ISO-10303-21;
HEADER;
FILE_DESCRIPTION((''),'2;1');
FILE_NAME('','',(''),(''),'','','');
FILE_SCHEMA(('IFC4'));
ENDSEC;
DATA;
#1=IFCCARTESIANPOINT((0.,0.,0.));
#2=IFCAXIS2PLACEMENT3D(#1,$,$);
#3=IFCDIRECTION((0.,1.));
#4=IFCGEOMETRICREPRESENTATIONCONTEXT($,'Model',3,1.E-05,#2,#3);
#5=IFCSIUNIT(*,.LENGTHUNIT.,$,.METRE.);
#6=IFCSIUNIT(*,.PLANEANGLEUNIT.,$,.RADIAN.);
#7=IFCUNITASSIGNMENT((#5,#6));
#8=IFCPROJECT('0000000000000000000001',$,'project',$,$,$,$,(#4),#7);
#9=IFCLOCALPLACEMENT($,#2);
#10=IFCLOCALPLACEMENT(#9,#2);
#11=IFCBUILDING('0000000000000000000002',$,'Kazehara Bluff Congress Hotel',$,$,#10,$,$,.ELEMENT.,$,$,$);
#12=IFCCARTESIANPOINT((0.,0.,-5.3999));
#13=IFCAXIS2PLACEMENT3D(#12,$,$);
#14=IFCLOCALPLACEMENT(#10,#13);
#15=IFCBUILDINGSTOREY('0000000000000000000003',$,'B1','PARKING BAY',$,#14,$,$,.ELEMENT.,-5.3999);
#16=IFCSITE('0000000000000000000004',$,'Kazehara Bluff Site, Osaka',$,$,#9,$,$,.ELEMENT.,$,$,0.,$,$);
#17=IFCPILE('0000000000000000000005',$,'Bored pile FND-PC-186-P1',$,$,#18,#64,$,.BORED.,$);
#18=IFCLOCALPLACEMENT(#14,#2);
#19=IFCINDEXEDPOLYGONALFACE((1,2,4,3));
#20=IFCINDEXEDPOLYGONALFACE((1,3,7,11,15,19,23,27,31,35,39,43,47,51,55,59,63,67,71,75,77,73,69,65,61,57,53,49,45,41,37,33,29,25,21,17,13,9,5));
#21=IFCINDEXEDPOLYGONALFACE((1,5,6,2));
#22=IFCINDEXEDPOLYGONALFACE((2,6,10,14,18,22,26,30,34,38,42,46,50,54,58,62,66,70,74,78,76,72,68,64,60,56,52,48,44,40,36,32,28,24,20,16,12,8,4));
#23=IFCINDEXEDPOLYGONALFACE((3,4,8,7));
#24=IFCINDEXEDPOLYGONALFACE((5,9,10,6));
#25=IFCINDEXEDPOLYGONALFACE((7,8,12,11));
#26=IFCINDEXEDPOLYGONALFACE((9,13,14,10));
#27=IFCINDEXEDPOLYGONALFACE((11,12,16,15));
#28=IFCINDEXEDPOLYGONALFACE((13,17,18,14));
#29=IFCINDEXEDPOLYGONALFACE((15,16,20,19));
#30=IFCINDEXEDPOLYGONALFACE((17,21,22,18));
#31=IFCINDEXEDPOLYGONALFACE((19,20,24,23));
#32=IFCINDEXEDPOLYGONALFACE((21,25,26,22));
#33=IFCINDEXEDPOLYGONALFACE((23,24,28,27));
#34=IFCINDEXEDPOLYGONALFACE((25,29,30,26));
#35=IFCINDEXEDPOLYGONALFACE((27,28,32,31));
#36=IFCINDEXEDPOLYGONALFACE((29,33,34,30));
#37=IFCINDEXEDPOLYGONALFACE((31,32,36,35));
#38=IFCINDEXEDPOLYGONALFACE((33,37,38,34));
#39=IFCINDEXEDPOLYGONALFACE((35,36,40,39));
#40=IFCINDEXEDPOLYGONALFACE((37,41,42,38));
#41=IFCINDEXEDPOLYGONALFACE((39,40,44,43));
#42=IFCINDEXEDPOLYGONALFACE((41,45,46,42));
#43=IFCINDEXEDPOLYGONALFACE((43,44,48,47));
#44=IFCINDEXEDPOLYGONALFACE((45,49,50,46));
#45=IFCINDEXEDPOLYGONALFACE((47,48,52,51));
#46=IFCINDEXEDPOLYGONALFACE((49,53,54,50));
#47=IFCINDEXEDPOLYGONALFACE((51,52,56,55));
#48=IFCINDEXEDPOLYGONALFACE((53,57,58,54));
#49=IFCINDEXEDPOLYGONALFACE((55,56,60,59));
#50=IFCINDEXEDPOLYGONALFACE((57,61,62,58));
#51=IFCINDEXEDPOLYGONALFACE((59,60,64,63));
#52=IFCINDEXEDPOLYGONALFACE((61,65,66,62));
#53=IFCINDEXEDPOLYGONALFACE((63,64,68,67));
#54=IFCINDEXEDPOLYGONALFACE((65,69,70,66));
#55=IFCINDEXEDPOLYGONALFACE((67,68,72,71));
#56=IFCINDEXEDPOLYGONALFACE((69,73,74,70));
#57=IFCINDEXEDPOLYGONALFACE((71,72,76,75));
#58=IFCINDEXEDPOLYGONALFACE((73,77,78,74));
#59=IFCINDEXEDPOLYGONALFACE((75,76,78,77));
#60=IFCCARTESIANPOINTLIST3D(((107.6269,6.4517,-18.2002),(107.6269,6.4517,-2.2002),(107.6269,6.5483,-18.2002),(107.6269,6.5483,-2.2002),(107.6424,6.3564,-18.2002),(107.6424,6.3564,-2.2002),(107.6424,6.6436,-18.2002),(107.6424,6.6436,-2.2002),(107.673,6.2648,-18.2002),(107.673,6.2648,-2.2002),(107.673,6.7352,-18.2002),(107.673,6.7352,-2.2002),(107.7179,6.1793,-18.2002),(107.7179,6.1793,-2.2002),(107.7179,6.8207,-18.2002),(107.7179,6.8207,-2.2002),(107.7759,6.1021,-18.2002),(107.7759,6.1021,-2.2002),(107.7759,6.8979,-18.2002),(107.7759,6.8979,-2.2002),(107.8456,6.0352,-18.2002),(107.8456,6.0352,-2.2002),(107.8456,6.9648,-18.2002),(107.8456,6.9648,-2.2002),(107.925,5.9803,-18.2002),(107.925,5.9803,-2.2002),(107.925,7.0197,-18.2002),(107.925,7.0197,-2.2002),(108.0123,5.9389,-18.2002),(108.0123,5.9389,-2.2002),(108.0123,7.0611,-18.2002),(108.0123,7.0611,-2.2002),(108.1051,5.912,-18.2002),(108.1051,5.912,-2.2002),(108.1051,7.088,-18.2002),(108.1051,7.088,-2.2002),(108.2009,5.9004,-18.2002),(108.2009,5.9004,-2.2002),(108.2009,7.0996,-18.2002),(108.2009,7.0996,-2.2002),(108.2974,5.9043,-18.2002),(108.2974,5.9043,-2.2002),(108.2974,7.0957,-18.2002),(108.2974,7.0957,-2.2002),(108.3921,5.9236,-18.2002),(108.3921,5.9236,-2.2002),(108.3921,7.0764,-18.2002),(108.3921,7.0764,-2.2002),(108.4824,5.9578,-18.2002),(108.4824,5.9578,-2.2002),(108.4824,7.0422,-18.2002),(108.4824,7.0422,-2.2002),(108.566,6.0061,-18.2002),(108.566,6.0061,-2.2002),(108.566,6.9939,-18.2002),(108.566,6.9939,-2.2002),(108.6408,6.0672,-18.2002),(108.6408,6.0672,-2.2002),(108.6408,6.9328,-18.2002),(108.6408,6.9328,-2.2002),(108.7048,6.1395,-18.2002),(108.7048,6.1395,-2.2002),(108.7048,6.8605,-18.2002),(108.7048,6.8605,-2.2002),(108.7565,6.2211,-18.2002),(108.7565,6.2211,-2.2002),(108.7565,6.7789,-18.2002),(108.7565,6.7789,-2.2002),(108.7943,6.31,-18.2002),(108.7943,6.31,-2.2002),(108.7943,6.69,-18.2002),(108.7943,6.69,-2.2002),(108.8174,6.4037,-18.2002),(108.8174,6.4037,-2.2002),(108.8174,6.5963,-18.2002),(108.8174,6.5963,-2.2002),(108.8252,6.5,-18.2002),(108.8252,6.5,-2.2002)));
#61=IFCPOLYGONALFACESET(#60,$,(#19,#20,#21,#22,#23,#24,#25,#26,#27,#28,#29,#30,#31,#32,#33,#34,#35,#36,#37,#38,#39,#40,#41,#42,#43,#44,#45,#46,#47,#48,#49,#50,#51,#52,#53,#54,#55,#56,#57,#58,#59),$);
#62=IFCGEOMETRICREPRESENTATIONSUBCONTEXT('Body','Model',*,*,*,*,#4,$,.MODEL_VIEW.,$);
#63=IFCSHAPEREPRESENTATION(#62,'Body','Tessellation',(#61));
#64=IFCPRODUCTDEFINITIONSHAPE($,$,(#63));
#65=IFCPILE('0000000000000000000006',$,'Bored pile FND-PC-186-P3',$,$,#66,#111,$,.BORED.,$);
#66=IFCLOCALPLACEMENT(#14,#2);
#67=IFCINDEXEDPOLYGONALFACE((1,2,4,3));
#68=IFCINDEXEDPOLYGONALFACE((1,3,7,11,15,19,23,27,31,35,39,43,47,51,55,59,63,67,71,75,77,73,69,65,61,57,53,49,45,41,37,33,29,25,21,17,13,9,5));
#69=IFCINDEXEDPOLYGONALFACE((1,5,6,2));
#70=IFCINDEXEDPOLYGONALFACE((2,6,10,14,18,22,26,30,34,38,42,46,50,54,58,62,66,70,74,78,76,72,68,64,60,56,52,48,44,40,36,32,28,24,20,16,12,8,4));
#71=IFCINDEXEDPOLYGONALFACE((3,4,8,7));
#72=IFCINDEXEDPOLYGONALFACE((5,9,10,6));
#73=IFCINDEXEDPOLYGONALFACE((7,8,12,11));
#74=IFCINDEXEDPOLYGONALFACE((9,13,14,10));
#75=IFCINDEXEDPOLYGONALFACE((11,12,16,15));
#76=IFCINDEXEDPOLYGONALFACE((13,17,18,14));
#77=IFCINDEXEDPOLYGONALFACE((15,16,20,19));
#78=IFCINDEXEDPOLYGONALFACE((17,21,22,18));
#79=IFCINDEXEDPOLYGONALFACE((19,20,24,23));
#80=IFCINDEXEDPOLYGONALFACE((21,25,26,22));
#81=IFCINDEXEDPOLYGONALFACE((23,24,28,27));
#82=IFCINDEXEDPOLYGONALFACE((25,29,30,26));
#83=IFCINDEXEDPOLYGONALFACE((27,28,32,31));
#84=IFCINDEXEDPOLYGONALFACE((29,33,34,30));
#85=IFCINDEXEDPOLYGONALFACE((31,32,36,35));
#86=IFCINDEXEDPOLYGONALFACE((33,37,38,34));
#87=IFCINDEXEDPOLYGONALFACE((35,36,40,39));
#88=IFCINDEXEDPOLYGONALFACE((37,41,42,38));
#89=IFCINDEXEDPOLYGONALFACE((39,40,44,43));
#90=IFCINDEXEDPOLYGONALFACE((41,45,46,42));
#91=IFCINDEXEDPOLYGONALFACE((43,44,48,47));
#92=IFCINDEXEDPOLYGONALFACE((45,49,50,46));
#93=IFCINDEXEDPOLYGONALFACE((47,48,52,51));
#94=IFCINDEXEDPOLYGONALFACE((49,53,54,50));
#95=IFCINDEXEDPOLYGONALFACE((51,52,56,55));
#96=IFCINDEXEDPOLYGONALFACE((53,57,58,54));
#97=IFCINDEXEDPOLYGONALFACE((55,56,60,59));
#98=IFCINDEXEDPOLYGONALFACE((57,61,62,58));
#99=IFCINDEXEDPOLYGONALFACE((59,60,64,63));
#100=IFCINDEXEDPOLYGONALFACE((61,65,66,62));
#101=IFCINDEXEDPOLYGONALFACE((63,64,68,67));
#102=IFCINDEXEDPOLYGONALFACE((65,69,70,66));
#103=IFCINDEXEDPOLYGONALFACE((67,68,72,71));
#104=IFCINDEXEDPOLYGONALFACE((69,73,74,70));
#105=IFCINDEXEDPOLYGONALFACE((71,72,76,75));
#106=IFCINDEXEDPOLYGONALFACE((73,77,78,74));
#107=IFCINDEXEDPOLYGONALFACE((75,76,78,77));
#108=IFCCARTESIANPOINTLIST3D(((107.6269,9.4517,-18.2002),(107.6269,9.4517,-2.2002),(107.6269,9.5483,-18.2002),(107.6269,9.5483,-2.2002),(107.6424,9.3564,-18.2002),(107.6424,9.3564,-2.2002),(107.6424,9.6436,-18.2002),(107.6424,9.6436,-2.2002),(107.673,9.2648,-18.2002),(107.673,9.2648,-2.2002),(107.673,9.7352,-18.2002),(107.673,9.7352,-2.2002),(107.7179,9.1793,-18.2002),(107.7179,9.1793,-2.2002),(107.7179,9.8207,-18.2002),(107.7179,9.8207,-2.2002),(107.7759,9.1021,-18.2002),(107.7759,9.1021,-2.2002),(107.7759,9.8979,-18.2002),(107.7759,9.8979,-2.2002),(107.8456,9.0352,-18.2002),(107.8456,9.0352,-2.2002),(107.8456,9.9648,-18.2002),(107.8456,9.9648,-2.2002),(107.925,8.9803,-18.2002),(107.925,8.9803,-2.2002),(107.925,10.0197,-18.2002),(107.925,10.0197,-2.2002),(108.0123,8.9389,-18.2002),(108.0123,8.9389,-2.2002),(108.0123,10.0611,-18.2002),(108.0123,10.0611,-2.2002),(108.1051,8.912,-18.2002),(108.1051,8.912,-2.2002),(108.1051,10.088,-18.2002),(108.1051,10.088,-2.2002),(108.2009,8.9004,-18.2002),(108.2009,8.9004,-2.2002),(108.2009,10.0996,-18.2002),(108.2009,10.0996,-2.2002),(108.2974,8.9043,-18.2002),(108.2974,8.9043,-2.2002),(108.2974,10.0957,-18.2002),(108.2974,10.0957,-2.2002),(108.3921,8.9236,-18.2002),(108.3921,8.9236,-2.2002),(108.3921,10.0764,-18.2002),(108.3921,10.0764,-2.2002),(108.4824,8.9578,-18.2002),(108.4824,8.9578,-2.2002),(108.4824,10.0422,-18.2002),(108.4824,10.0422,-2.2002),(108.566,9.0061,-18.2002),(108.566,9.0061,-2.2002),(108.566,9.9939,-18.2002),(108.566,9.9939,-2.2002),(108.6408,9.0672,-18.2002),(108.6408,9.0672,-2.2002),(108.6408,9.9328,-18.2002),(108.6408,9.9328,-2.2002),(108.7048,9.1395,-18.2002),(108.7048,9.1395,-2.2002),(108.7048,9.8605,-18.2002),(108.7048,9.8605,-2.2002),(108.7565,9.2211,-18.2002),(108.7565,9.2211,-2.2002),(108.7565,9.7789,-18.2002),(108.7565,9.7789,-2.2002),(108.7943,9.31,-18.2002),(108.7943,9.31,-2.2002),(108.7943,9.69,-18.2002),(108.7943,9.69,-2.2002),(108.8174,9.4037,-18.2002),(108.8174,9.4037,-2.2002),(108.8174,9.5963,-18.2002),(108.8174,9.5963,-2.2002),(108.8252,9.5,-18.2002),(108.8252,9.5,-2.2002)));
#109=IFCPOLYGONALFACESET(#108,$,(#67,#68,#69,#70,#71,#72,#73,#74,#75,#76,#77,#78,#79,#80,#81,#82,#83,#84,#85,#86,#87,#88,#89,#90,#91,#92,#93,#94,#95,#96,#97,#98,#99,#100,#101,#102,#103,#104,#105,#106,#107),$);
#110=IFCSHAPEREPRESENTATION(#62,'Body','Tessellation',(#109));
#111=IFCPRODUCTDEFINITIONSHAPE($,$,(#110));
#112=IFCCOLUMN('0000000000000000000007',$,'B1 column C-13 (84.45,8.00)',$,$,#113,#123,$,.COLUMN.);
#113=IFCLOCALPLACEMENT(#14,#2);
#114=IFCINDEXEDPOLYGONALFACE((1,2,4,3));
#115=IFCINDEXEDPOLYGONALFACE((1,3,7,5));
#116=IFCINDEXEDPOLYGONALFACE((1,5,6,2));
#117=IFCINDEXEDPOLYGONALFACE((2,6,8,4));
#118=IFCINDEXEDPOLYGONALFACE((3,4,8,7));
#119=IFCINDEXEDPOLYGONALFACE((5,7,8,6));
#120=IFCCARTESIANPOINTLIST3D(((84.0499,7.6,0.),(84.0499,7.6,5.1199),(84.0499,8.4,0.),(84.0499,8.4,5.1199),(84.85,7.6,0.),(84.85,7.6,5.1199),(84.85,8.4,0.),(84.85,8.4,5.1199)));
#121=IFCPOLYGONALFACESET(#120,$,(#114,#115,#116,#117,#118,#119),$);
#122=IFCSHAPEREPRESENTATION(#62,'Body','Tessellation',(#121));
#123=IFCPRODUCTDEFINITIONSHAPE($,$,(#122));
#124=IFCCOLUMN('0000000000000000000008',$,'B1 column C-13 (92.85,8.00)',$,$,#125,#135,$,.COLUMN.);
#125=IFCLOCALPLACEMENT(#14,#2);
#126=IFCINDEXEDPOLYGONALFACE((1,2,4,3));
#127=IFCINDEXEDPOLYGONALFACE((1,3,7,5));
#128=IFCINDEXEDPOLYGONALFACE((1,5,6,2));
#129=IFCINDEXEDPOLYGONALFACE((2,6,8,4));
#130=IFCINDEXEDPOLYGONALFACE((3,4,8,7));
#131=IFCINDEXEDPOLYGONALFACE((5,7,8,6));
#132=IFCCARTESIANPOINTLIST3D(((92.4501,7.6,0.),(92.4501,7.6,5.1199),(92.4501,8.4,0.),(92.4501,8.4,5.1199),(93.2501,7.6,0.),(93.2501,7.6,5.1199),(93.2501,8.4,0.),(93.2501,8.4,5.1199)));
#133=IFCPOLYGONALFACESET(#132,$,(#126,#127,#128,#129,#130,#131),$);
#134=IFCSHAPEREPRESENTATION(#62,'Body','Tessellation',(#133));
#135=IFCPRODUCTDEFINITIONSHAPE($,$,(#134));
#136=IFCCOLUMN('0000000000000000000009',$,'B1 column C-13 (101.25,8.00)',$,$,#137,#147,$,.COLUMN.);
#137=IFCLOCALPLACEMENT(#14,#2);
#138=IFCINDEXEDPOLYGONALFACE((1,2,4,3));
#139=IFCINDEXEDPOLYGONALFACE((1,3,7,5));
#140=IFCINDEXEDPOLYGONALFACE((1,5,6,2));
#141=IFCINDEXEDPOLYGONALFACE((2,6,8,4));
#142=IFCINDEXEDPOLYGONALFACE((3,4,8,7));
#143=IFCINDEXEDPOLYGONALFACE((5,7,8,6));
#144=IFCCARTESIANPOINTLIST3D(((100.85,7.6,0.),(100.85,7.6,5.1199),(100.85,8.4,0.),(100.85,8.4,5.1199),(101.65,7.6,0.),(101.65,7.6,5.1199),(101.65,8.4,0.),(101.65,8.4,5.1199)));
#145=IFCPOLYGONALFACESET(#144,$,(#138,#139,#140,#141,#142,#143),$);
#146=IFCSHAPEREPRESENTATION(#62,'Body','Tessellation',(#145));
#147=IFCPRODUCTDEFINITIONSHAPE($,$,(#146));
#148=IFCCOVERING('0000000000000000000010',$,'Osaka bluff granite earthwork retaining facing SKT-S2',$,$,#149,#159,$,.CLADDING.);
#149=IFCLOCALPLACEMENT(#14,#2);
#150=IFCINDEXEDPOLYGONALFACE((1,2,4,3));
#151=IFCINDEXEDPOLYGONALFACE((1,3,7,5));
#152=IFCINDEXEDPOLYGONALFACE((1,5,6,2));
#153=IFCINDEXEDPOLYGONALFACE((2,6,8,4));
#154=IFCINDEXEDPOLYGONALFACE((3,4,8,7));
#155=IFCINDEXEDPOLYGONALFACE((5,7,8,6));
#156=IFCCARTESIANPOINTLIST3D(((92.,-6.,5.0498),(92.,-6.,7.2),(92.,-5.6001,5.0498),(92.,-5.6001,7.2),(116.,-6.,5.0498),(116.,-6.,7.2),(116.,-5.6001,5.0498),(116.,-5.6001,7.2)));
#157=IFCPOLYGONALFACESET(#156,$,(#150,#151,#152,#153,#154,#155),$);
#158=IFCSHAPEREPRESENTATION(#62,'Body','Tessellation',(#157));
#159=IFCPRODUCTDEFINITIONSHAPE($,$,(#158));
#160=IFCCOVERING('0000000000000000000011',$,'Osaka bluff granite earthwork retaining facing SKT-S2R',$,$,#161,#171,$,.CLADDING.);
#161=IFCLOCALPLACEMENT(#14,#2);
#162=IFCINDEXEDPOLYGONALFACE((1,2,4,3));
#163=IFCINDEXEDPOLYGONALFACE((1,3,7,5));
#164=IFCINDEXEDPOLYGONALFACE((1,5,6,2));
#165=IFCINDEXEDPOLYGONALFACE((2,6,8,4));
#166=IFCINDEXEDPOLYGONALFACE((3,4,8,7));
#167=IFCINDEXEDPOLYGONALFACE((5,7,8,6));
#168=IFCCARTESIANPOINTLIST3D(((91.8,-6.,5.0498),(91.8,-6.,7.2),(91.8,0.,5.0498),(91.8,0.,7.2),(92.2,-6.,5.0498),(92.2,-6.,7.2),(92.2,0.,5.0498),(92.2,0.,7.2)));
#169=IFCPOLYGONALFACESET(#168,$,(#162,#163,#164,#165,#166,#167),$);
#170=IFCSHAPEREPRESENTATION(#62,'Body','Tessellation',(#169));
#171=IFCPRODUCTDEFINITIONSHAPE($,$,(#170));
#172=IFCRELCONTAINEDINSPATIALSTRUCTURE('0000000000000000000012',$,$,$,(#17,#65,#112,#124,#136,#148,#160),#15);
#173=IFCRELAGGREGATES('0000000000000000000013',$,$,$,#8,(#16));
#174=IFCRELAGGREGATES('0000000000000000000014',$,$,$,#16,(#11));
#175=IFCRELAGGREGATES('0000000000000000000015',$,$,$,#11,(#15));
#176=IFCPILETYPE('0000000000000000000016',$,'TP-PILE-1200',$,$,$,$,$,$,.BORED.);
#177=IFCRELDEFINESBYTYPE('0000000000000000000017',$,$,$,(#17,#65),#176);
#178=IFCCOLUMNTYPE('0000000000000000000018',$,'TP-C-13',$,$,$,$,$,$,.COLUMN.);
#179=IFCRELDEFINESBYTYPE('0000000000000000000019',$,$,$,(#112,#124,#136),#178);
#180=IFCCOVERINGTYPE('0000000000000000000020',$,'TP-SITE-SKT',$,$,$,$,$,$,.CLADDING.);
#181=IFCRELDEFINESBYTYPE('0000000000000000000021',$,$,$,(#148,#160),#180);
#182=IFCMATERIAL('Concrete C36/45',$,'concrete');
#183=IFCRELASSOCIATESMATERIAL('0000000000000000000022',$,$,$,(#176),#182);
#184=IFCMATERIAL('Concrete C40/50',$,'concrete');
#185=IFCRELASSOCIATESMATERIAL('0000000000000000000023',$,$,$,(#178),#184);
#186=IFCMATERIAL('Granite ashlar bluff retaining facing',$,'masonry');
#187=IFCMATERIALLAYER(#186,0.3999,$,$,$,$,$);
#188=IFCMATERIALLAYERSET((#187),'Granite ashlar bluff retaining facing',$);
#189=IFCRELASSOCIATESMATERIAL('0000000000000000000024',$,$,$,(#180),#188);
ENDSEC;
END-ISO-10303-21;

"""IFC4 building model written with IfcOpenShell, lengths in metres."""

from ifc_helpers import new_model, si_unit, direction, frame, frame_2d, origin, origin_2d, place, context, subcontext, project, spatial, rectangle, circle, extrude, material, layer, layer_set, material_profile, profile_set, type_object, element, save


model = new_model("IFC4")

# Units and contexts
model_context = context("Model", 3, precision=1e-05, world=origin(), true_north=direction((0.0, 1.0)))
body_context = subcontext(model_context, "Body", "Model", "MODEL_VIEW")
ifc_project = project(units=[si_unit("LENGTHUNIT", "METRE"), si_unit("PLANEANGLEUNIT", "RADIAN")], contexts=[model_context])

# Site, building, storey
site_placement = place(None, origin())
site = spatial("IfcSite", under=ifc_project, at=site_placement, Name="Kazehara Bluff Site, Osaka", CompositionType="ELEMENT", RefElevation=0.0)
building_placement = place(site_placement, origin())
building = spatial("IfcBuilding", under=site, at=building_placement, Name="Kazehara Bluff Congress Hotel", CompositionType="ELEMENT")
storey_placement = place(building_placement, frame((0.0, 0.0, -5.3999)))
storey = spatial("IfcBuildingStorey", under=building, at=storey_placement, Name="B1", Description="PARKING BAY", CompositionType="ELEMENT", Elevation=-5.3999)

# Piles
ifc_material_1 = material(Name="Concrete C36/45", Category="concrete")
ifc_material_profile_1 = material_profile(ifc_material_1, circle(Radius=0.6001, at=origin_2d()))
ifc_profile_set_1 = profile_set([ifc_material_profile_1], Name="Concrete C36/45")
pile_type = type_object("IfcPileType", Name="TP-PILE-1200", PredefinedType="BORED", material=ifc_profile_set_1)
for number, where, z_axis, x_axis, name in (
    (1, (108.2251, 6.5, -2.2002), (0.0, 0.0, -1.0), (1.0, 0.0, 0.0), "Bored pile FND-PC-186-P1"),
    (2, (108.2251, 9.5, -2.2002), (0.0, 0.0, -1.0), (1.0, 0.0, 0.0), "Bored pile FND-PC-186-P3"),
):
    element("IfcPile", number, at=place(storey_placement, frame(where, z_axis=z_axis, x_axis=x_axis)), inside=storey, type_object=pile_type, Name=name, PredefinedType="BORED", context=body_context, shape_type="SweptSolid", body=[
        extrude(circle(Radius=0.6001, at=origin_2d()), origin(), (0.0, 0.0, 1.0), 16.0),
    ])

# Columns
ifc_material_2 = material(Name="Concrete C40/50", Category="concrete")
ifc_material_profile_2 = material_profile(ifc_material_2, rectangle(XDim=0.8, YDim=0.8, at=origin_2d()))
ifc_profile_set_2 = profile_set([ifc_material_profile_2], Name="Concrete C40/50")
column_type = type_object("IfcColumnType", Name="TP-C-13", PredefinedType="COLUMN", material=ifc_profile_set_2)
for number, where, z_axis, x_axis, name in (
    (3, (84.45, 8.0, 0.0), (0.0, 0.0, 1.0), (1.0, 0.0, 0.0), "B1 column C-13 (84.45,8.00)"),
    (4, (92.8501, 8.0, 0.0), (0.0, 0.0, 1.0), (1.0, 0.0, 0.0), "B1 column C-13 (92.85,8.00)"),
    (5, (101.25, 8.0, 0.0), (0.0, 0.0, 1.0), (1.0, 0.0, 0.0), "B1 column C-13 (101.25,8.00)"),
):
    element("IfcColumn", number, at=place(storey_placement, frame(where, z_axis=z_axis, x_axis=x_axis)), inside=storey, type_object=column_type, Name=name, PredefinedType="COLUMN", context=body_context, shape_type="SweptSolid", body=[
        extrude(rectangle(XDim=0.8, YDim=0.8, at=origin_2d()), origin(), (0.0, 0.0, 1.0), 5.1199),
    ])

# Coverings
ifc_material_3 = material(Name="Granite ashlar bluff retaining facing", Category="masonry")
ifc_layer_1 = layer(ifc_material_3, 0.3999)
ifc_layer_set_1 = layer_set([ifc_layer_1], Name="Granite ashlar bluff retaining facing")
covering_type = type_object("IfcCoveringType", Name="TP-SITE-SKT", PredefinedType="CLADDING", material=ifc_layer_set_1)
covering_1_placement = place(storey_placement, frame((92.0, -5.8, 5.0498), z_axis=(0.0, 0.0, 1.0), x_axis=(1.0, 0.0, 0.0)))
element("IfcCovering", 6, at=covering_1_placement, inside=storey, type_object=covering_type, Name="Osaka bluff granite earthwork retaining facing SKT-S2", PredefinedType="CLADDING", context=body_context, shape_type="SweptSolid", body=[
    extrude(rectangle(XDim=24.0, YDim=0.3999, at=frame_2d((12.0, 0.0))), origin(), (0.0, 0.0, 1.0), 2.1501),
])
covering_2_placement = place(storey_placement, frame((92.0, -6.0, 5.0498), z_axis=(0.0, 0.0, 1.0), x_axis=(0.0, 1.0, 0.0)))
element("IfcCovering", 7, at=covering_2_placement, inside=storey, type_object=covering_type, Name="Osaka bluff granite earthwork retaining facing SKT-S2R", PredefinedType="CLADDING", context=body_context, shape_type="SweptSolid", body=[
    extrude(rectangle(XDim=6.0, YDim=0.3999, at=frame_2d((3.0, 0.0))), origin(), (0.0, 0.0, 1.0), 2.1501),
])

save(model, "model.ifc")
